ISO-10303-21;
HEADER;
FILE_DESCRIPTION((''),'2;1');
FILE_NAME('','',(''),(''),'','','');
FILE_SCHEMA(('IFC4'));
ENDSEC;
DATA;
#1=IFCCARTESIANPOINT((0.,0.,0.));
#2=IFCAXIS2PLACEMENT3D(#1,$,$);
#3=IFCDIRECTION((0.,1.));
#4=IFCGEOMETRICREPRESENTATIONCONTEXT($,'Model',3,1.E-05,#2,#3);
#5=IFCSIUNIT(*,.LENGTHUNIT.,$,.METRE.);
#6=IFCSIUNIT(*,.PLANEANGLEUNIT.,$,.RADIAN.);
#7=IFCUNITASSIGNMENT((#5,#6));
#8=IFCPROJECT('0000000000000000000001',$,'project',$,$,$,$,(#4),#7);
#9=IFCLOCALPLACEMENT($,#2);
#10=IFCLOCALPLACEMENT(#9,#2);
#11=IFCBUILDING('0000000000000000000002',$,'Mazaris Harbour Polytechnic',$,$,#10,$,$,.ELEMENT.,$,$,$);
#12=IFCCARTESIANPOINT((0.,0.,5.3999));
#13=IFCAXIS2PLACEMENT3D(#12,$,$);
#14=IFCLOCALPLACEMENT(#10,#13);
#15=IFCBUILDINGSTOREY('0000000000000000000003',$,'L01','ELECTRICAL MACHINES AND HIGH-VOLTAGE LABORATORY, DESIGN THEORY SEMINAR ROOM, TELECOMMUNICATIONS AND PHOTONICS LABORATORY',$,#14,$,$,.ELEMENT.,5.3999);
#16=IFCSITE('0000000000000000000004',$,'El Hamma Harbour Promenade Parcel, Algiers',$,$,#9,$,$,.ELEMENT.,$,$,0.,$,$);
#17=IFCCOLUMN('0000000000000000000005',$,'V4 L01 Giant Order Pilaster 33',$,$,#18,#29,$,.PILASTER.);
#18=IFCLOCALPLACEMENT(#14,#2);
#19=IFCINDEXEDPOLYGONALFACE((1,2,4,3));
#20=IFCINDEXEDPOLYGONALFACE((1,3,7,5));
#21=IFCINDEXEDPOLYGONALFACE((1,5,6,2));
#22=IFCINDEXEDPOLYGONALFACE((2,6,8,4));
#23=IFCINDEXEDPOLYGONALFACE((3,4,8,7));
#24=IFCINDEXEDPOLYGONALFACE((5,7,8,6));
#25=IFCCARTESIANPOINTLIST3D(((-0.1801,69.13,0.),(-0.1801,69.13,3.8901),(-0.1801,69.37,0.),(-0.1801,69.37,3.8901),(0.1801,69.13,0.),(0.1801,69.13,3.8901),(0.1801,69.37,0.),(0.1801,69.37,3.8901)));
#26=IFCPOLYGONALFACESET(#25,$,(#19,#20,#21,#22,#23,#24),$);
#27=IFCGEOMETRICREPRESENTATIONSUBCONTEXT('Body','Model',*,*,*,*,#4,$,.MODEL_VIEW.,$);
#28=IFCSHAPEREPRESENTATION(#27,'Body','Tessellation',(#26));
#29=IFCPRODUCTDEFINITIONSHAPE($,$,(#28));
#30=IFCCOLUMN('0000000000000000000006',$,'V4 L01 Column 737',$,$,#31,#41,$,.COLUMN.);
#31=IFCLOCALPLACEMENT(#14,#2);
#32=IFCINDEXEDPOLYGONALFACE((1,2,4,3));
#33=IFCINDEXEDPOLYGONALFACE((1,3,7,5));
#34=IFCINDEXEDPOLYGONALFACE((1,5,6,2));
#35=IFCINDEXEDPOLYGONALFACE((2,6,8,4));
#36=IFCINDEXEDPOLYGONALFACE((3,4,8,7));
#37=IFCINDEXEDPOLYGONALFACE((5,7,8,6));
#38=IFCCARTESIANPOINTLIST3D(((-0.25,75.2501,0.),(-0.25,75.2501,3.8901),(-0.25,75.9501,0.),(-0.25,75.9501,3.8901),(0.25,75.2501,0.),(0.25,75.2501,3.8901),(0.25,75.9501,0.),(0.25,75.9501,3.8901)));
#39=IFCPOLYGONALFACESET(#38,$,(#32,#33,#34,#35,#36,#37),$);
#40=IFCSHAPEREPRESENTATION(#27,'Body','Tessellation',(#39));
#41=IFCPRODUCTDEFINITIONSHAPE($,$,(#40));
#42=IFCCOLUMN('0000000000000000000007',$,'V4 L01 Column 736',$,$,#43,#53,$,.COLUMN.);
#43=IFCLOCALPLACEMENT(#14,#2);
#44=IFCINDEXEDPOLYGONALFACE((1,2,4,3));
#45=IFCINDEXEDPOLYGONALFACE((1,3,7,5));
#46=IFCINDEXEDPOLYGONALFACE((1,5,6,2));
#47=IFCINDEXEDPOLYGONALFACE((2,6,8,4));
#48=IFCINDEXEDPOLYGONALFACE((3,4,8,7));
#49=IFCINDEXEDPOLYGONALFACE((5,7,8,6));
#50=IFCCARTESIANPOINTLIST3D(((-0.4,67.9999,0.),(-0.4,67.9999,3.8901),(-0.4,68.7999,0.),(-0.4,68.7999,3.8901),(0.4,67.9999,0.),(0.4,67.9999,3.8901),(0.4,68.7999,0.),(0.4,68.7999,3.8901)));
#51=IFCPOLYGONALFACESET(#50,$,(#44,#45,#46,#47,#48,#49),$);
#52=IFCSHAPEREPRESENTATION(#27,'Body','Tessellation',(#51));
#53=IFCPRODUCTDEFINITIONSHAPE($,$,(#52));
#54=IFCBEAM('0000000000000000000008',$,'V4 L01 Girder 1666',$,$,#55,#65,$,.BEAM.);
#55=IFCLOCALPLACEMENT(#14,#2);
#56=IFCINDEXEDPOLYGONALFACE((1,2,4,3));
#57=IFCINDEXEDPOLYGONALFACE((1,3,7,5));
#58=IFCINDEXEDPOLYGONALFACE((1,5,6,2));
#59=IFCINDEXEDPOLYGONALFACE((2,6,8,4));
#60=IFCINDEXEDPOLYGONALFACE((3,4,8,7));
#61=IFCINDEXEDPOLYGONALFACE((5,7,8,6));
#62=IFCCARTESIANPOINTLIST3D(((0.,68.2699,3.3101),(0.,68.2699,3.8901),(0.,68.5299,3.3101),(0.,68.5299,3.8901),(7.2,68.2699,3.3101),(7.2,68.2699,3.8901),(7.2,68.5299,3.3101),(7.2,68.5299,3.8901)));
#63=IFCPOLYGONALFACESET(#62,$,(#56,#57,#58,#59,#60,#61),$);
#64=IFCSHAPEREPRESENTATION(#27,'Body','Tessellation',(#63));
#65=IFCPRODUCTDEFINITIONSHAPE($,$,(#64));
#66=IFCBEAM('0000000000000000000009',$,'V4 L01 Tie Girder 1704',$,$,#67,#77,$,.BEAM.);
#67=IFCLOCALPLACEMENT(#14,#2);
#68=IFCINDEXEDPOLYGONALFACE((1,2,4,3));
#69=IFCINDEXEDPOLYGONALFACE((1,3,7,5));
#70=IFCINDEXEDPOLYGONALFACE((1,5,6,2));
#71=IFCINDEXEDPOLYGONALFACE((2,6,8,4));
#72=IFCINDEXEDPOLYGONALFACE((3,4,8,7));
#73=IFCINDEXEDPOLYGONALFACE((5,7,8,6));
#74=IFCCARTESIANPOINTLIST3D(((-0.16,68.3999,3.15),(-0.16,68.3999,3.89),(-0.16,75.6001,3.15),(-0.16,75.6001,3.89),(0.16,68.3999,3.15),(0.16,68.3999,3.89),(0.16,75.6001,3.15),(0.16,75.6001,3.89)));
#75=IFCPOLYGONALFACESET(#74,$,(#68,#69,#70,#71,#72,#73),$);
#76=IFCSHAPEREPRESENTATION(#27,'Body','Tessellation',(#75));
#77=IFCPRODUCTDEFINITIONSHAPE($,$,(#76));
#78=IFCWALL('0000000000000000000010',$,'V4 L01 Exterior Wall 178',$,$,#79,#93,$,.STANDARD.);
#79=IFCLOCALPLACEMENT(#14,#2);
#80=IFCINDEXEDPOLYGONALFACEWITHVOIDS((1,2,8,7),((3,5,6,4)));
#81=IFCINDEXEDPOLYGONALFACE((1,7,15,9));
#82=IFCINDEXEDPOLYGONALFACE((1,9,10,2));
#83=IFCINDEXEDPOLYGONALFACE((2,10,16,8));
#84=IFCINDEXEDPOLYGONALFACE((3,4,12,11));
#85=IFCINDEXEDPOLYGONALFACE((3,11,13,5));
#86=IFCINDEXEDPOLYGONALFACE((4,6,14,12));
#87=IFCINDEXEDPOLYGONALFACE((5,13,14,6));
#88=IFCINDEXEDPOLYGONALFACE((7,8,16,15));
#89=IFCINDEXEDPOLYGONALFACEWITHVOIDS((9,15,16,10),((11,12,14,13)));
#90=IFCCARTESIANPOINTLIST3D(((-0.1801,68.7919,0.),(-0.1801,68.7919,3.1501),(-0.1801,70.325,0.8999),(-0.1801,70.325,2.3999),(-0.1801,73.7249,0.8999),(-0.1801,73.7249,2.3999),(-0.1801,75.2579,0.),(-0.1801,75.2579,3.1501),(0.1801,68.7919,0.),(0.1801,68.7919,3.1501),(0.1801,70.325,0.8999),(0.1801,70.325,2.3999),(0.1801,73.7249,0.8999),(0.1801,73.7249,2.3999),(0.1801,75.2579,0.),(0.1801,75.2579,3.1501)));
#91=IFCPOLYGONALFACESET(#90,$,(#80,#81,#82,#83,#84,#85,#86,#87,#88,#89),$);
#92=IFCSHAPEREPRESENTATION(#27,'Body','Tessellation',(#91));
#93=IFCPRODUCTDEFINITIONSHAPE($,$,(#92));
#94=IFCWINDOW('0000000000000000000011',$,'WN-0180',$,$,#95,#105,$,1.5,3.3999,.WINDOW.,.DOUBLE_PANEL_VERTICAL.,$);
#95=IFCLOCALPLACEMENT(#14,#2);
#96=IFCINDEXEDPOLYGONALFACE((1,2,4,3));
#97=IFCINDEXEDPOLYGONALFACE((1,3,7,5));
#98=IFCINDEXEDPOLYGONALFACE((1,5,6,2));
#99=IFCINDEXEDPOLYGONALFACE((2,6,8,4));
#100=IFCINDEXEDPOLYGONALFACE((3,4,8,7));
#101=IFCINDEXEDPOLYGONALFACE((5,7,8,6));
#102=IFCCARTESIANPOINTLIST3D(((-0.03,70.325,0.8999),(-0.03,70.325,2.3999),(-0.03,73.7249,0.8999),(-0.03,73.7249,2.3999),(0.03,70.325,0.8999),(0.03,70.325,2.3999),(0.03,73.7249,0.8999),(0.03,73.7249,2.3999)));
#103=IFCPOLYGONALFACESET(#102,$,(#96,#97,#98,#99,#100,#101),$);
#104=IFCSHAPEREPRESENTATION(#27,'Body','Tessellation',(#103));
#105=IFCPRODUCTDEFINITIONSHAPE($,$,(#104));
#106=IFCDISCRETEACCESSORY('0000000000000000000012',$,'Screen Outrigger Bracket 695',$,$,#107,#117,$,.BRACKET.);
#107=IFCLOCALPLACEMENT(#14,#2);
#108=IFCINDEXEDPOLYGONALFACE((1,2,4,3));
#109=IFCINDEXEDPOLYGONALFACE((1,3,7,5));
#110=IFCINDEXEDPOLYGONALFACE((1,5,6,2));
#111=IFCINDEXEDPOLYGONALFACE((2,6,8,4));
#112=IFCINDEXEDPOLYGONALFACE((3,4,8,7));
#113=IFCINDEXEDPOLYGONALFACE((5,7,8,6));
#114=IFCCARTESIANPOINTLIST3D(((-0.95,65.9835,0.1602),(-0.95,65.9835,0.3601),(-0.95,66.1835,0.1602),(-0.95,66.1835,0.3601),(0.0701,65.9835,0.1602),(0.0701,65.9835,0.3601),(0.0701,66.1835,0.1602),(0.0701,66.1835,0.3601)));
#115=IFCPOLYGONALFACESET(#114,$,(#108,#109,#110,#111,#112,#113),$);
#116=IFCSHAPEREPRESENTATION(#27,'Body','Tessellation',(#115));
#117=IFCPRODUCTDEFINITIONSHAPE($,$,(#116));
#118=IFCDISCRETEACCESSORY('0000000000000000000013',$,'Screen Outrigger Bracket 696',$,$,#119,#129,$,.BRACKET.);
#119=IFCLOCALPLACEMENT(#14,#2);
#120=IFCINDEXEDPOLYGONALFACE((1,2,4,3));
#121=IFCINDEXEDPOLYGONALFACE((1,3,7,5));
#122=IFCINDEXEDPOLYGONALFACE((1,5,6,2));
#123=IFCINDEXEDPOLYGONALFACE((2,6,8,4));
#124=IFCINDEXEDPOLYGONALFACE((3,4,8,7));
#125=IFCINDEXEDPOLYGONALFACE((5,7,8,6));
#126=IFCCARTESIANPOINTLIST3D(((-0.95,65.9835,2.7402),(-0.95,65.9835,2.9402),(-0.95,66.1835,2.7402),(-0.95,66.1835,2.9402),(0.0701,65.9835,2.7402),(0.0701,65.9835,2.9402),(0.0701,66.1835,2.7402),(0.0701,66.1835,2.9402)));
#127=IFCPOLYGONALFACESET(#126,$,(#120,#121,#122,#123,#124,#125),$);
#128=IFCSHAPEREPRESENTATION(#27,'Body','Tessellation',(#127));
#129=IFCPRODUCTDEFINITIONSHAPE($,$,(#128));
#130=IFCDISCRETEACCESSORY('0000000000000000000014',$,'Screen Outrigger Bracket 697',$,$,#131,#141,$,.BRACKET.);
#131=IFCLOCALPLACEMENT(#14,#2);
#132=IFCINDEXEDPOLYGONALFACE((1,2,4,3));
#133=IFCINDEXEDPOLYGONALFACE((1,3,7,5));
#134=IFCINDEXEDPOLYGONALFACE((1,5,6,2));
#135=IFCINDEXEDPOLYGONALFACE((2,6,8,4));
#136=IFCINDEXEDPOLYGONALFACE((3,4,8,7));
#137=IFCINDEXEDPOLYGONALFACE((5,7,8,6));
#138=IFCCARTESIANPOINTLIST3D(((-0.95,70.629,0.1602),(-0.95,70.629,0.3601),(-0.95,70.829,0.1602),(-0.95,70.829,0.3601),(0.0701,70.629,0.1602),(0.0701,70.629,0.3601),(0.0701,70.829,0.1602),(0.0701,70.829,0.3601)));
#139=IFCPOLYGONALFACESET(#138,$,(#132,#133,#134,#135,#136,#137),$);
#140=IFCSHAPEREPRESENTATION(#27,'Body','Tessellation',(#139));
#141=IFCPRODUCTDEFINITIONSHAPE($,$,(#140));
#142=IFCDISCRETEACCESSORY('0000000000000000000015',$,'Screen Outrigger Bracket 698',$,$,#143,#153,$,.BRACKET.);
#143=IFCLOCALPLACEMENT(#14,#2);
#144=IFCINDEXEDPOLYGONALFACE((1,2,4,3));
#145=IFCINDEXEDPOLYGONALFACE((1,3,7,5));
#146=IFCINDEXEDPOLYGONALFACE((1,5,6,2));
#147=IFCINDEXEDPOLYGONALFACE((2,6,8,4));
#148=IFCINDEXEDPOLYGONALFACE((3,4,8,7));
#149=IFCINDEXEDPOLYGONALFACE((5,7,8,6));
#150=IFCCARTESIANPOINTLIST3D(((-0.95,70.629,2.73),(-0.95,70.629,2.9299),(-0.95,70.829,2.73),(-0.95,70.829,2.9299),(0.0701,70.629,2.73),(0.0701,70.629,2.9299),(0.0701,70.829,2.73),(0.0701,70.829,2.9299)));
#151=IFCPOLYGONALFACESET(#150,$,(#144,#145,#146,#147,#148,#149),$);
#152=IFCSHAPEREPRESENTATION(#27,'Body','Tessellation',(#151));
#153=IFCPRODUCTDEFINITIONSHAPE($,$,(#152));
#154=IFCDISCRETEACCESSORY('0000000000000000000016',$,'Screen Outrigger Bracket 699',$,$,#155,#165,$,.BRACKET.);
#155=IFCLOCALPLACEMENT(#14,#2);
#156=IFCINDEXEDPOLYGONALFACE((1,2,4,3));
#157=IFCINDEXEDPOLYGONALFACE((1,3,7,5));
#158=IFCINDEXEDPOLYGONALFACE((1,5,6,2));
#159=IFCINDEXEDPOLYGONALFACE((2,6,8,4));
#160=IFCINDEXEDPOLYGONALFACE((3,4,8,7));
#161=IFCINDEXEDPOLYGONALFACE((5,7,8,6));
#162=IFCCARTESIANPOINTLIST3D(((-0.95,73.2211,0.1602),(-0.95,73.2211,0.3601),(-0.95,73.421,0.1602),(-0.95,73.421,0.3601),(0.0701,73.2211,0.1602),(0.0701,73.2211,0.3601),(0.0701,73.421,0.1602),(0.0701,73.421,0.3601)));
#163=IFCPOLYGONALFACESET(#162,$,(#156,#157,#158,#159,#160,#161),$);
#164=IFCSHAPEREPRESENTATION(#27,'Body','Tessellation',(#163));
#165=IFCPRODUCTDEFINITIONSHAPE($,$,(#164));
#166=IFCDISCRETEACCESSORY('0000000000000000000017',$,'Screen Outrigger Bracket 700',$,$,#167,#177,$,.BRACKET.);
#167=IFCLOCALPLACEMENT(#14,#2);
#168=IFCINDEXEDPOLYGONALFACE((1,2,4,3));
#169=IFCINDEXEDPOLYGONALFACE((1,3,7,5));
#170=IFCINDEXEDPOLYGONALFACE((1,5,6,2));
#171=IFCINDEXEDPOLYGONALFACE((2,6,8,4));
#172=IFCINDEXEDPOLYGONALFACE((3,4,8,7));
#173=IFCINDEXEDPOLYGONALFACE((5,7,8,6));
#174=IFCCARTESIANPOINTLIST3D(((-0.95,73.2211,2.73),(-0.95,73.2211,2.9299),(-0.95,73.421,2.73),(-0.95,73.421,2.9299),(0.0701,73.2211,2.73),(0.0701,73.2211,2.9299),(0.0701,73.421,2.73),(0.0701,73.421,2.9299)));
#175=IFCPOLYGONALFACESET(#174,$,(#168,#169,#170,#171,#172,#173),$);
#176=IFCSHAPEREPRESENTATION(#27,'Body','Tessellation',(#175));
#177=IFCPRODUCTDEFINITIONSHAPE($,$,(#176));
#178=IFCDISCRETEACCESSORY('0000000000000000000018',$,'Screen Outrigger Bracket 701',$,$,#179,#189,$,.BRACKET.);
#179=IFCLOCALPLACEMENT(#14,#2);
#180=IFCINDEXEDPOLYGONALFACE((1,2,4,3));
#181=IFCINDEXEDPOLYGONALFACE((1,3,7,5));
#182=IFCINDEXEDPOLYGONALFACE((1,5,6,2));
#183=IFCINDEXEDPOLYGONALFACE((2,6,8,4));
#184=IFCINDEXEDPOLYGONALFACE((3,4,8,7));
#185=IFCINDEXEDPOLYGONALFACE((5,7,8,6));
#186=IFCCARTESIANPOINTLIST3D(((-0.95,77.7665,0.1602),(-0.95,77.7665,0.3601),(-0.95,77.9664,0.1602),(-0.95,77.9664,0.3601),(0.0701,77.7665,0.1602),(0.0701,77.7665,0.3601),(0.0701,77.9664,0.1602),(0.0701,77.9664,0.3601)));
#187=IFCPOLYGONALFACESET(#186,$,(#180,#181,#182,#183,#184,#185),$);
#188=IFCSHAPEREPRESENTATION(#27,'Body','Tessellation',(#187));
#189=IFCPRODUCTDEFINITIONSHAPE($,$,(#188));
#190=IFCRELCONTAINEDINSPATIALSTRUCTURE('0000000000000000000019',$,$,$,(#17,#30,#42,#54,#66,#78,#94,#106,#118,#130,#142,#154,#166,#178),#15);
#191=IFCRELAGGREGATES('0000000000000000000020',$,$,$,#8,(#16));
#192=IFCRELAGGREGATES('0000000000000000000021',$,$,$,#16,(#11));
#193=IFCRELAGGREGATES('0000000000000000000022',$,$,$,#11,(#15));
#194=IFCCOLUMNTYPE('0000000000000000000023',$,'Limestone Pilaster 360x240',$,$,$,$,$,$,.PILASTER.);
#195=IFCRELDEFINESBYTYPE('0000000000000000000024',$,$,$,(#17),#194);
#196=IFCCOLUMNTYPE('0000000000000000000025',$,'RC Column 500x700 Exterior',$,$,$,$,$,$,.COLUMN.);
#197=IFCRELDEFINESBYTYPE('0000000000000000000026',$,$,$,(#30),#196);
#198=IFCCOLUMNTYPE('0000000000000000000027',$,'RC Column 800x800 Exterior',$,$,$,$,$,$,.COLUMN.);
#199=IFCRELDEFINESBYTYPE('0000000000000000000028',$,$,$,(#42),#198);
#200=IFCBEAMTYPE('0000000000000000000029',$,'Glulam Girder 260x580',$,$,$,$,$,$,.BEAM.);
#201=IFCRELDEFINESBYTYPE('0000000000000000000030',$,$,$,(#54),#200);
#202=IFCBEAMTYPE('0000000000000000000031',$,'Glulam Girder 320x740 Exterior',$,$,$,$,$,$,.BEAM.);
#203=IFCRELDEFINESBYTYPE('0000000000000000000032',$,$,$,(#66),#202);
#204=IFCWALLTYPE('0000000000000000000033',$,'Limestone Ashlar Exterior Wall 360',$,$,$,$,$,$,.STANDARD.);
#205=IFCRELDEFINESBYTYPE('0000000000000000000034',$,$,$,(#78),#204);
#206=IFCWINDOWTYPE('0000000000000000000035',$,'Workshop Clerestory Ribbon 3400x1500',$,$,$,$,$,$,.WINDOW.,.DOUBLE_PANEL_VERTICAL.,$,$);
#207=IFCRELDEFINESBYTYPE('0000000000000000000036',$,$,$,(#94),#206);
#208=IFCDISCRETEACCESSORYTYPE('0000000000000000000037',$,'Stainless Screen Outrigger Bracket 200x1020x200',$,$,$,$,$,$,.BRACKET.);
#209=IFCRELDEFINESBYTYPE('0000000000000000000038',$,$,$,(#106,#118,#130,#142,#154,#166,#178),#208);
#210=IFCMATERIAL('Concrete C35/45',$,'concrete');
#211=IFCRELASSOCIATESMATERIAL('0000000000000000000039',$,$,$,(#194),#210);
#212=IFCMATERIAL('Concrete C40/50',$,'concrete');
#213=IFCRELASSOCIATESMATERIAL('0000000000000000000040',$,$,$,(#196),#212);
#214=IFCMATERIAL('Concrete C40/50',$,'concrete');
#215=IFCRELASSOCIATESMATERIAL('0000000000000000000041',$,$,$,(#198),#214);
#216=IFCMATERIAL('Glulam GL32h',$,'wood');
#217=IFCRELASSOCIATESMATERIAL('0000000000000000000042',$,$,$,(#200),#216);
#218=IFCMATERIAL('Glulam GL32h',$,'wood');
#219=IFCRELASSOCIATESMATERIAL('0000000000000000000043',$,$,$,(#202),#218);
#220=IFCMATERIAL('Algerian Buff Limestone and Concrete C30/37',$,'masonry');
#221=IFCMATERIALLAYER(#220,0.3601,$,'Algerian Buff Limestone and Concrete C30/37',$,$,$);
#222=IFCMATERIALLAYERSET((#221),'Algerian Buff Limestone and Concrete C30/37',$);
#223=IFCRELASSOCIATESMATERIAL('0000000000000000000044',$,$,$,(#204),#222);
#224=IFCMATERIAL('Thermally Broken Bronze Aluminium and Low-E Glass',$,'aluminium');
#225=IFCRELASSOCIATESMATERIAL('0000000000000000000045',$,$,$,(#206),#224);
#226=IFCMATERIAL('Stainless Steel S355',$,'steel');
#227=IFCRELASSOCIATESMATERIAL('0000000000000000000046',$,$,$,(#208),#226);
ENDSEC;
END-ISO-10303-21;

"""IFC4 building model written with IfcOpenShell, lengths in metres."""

from ifc_helpers import new_model, si_unit, direction, frame, frame_2d, origin, origin_2d, place, context, subcontext, project, spatial, rectangle, extrude, material, layer, layer_set, material_profile, profile_set, type_object, element, fill, save


model = new_model("IFC4")

# Units and contexts
model_context = context("Model", 3, precision=1e-05, world=origin(), true_north=direction((0.0, 1.0)))
body_context = subcontext(model_context, "Body", "Model", "MODEL_VIEW")
ifc_project = project(units=[si_unit("LENGTHUNIT", "METRE"), si_unit("PLANEANGLEUNIT", "RADIAN")], contexts=[model_context])

# Site, building, storey
site_placement = place(None, origin())
site = spatial("IfcSite", under=ifc_project, at=site_placement, Name="El Hamma Harbour Promenade Parcel, Algiers", CompositionType="ELEMENT", RefElevation=0.0)
building_placement = place(site_placement, origin())
building = spatial("IfcBuilding", under=site, at=building_placement, Name="Mazaris Harbour Polytechnic", CompositionType="ELEMENT")
storey_placement = place(building_placement, frame((0.0, 0.0, 5.3999)))
storey = spatial("IfcBuildingStorey", under=building, at=storey_placement, Name="L01", Description="ELECTRICAL MACHINES AND HIGH-VOLTAGE LABORATORY, DESIGN THEORY SEMINAR ROOM, TELECOMMUNICATIONS AND PHOTONICS LABORATORY", CompositionType="ELEMENT", Elevation=5.3999)

# Columns
ifc_material_1 = material(Name="Concrete C35/45", Category="concrete")
ifc_material_profile_1 = material_profile(ifc_material_1, rectangle(XDim=0.3601, YDim=0.24, at=origin_2d()), Name="RECT360x240")
ifc_profile_set_1 = profile_set([ifc_material_profile_1], Name="Concrete C35/45")
column_type_1 = type_object("IfcColumnType", Name="Limestone Pilaster 360x240", PredefinedType="PILASTER", material=ifc_profile_set_1)
column_1_placement = place(storey_placement, frame((0.0, 69.25, 0.0), z_axis=(0.0, 0.0, 1.0), x_axis=(1.0, 0.0, 0.0)))
element("IfcColumn", 1, at=column_1_placement, inside=storey, type_object=column_type_1, Name="V4 L01 Giant Order Pilaster 33", PredefinedType="PILASTER", context=body_context, shape_type="SweptSolid", body=[
    extrude(rectangle(XDim=0.3601, YDim=0.24, at=origin_2d()), origin(), (0.0, 0.0, 1.0), 3.8901),
])
ifc_material_2 = material(Name="Concrete C40/50", Category="concrete")
ifc_material_profile_2 = material_profile(ifc_material_2, rectangle(XDim=0.5, YDim=0.7, at=origin_2d()), Name="RECT500x700")
ifc_profile_set_2 = profile_set([ifc_material_profile_2], Name="Concrete C40/50")
column_type_2 = type_object("IfcColumnType", Name="RC Column 500x700 Exterior", PredefinedType="COLUMN", material=ifc_profile_set_2)
column_2_placement = place(storey_placement, frame((0.0, 75.6001, 0.0), z_axis=(0.0, 0.0, 1.0), x_axis=(1.0, 0.0, 0.0)))
element("IfcColumn", 2, at=column_2_placement, inside=storey, type_object=column_type_2, Name="V4 L01 Column 737", PredefinedType="COLUMN", context=body_context, shape_type="SweptSolid", body=[
    extrude(rectangle(XDim=0.5, YDim=0.7, at=origin_2d()), origin(), (0.0, 0.0, 1.0), 3.8901),
])
ifc_material_3 = material(Name="Concrete C40/50", Category="concrete")
ifc_material_profile_3 = material_profile(ifc_material_3, rectangle(XDim=0.8, YDim=0.8, at=origin_2d()), Name="RECT800x800")
ifc_profile_set_3 = profile_set([ifc_material_profile_3], Name="Concrete C40/50")
column_type_3 = type_object("IfcColumnType", Name="RC Column 800x800 Exterior", PredefinedType="COLUMN", material=ifc_profile_set_3)
column_3_placement = place(storey_placement, frame((0.0, 68.3999, 0.0), z_axis=(0.0, 0.0, 1.0), x_axis=(1.0, 0.0, 0.0)))
element("IfcColumn", 3, at=column_3_placement, inside=storey, type_object=column_type_3, Name="V4 L01 Column 736", PredefinedType="COLUMN", context=body_context, shape_type="SweptSolid", body=[
    extrude(rectangle(XDim=0.8, YDim=0.8, at=origin_2d()), origin(), (0.0, 0.0, 1.0), 3.8901),
])

# Beams
ifc_material_4 = material(Name="Glulam GL32h", Category="wood")
ifc_material_profile_4 = material_profile(ifc_material_4, rectangle(XDim=0.26, YDim=0.5801, at=origin_2d()), Name="RECT260x580")
ifc_profile_set_4 = profile_set([ifc_material_profile_4], Name="Glulam GL32h")
beam_type_1 = type_object("IfcBeamType", Name="Glulam Girder 260x580", PredefinedType="BEAM", material=ifc_profile_set_4)
beam_1_placement = place(storey_placement, frame((0.0, 68.3999, 3.6001), z_axis=(1.0, 0.0, 0.0), x_axis=(0.0, 1.0, 0.0)))
element("IfcBeam", 4, at=beam_1_placement, inside=storey, type_object=beam_type_1, Name="V4 L01 Girder 1666", PredefinedType="BEAM", context=body_context, shape_type="SweptSolid", body=[
    extrude(rectangle(XDim=0.26, YDim=0.5801, at=origin_2d()), origin(), (0.0, 0.0, 1.0), 7.2),
])
ifc_material_5 = material(Name="Glulam GL32h", Category="wood")
ifc_material_profile_5 = material_profile(ifc_material_5, rectangle(XDim=0.3201, YDim=0.74, at=origin_2d()), Name="RECT320x740")
ifc_profile_set_5 = profile_set([ifc_material_profile_5], Name="Glulam GL32h")
beam_type_2 = type_object("IfcBeamType", Name="Glulam Girder 320x740 Exterior", PredefinedType="BEAM", material=ifc_profile_set_5)
beam_2_placement = place(storey_placement, frame((0.0, 68.3999, 3.52), z_axis=(0.0, 1.0, 0.0), x_axis=(-1.0, 0.0, 0.0)))
element("IfcBeam", 5, at=beam_2_placement, inside=storey, type_object=beam_type_2, Name="V4 L01 Tie Girder 1704", PredefinedType="BEAM", context=body_context, shape_type="SweptSolid", body=[
    extrude(rectangle(XDim=0.3201, YDim=0.74, at=origin_2d()), origin(), (0.0, 0.0, 1.0), 7.2002),
])

# Wall, opening, window
ifc_material_6 = material(Name="Algerian Buff Limestone and Concrete C30/37", Category="masonry")
ifc_layer = layer(ifc_material_6, 0.3601, Name="Algerian Buff Limestone and Concrete C30/37")
ifc_layer_set = layer_set([ifc_layer], Name="Algerian Buff Limestone and Concrete C30/37")
wall_type = type_object("IfcWallType", Name="Limestone Ashlar Exterior Wall 360", PredefinedType="STANDARD", material=ifc_layer_set)
wall_placement = place(storey_placement, frame((0.0, 68.792, 0.0), z_axis=(0.0, 0.0, 1.0), x_axis=(0.0, 1.0, 0.0)))
wall = element("IfcWall", 6, at=wall_placement, inside=storey, type_object=wall_type, Name="V4 L01 Exterior Wall 178", PredefinedType="STANDARD", context=body_context, shape_type="SweptSolid", body=[
    extrude(rectangle(XDim=6.4661, YDim=0.3601, at=frame_2d((3.2329, 0.0))), origin(), (0.0, 0.0, 1.0), 3.1501),
])
opening_placement = place(wall_placement, frame((1.533, 0.0, 0.8999)))
opening = element("IfcOpeningElement", 7, at=opening_placement, cuts=wall, PredefinedType="OPENING", context=body_context, shape_type="SweptSolid", body=[
    extrude(rectangle(XDim=3.3999, YDim=1.5, at=frame_2d((1.7, 0.75))), frame((0.0, 0.1899, 0.0), z_axis=(0.0, -1.0, 0.0), x_axis=(1.0, 0.0, 0.0)), (0.0, 0.0, 1.0), 0.3801),
])
ifc_material_7 = material(Name="Thermally Broken Bronze Aluminium and Low-E Glass", Category="aluminium")
window_type = type_object("IfcWindowType", Name="Workshop Clerestory Ribbon 3400x1500", PartitioningType="DOUBLE_PANEL_VERTICAL", PredefinedType="WINDOW", material=ifc_material_7)
window_placement = place(opening_placement, origin())
window = element("IfcWindow", 8, at=window_placement, inside=storey, type_object=window_type, Name="WN-0180", OverallHeight=1.5, OverallWidth=3.3999, PartitioningType="DOUBLE_PANEL_VERTICAL", PredefinedType="WINDOW", context=body_context, shape_type="SweptSolid", body=[
    extrude(rectangle(XDim=3.3999, YDim=1.5, at=frame_2d((1.7, 0.75))), frame((0.0, 0.03, 0.0), z_axis=(0.0, -1.0, 0.0), x_axis=(1.0, 0.0, 0.0)), (0.0, 0.0, 1.0), 0.0601),
])
fill(opening, window)

# Discrete accessories
ifc_material_8 = material(Name="Stainless Steel S355", Category="steel")
discrete_accessory_type = type_object("IfcDiscreteAccessoryType", Name="Stainless Screen Outrigger Bracket 200x1020x200", PredefinedType="BRACKET", material=ifc_material_8)
for number, where, z_axis, x_axis, name in (
    (9, (-0.4399, 66.0835, 0.1602), (0.0, 0.0, 1.0), (0.0, 1.0, 0.0), "Screen Outrigger Bracket 695"),
    (10, (-0.4399, 66.0835, 2.7402), (0.0, 0.0, 1.0), (0.0, 1.0, 0.0), "Screen Outrigger Bracket 696"),
    (11, (-0.4399, 70.729, 0.1602), (0.0, 0.0, 1.0), (0.0, 1.0, 0.0), "Screen Outrigger Bracket 697"),
    (12, (-0.4399, 70.729, 2.73), (0.0, 0.0, 1.0), (0.0, 1.0, 0.0), "Screen Outrigger Bracket 698"),
    (13, (-0.4399, 73.321, 0.1602), (0.0, 0.0, 1.0), (0.0, 1.0, 0.0), "Screen Outrigger Bracket 699"),
    (14, (-0.4399, 73.321, 2.73), (0.0, 0.0, 1.0), (0.0, 1.0, 0.0), "Screen Outrigger Bracket 700"),
    (15, (-0.4399, 77.8665, 0.1602), (0.0, 0.0, 1.0), (0.0, 1.0, 0.0), "Screen Outrigger Bracket 701"),
):
    element("IfcDiscreteAccessory", number, at=place(storey_placement, frame(where, z_axis=z_axis, x_axis=x_axis)), inside=storey, type_object=discrete_accessory_type, Name=name, PredefinedType="BRACKET", context=body_context, shape_type="SweptSolid", body=[
        extrude(rectangle(XDim=0.2, YDim=1.02, at=origin_2d()), origin(), (0.0, 0.0, 1.0), 0.2),
    ])

save(model, "model.ifc")
